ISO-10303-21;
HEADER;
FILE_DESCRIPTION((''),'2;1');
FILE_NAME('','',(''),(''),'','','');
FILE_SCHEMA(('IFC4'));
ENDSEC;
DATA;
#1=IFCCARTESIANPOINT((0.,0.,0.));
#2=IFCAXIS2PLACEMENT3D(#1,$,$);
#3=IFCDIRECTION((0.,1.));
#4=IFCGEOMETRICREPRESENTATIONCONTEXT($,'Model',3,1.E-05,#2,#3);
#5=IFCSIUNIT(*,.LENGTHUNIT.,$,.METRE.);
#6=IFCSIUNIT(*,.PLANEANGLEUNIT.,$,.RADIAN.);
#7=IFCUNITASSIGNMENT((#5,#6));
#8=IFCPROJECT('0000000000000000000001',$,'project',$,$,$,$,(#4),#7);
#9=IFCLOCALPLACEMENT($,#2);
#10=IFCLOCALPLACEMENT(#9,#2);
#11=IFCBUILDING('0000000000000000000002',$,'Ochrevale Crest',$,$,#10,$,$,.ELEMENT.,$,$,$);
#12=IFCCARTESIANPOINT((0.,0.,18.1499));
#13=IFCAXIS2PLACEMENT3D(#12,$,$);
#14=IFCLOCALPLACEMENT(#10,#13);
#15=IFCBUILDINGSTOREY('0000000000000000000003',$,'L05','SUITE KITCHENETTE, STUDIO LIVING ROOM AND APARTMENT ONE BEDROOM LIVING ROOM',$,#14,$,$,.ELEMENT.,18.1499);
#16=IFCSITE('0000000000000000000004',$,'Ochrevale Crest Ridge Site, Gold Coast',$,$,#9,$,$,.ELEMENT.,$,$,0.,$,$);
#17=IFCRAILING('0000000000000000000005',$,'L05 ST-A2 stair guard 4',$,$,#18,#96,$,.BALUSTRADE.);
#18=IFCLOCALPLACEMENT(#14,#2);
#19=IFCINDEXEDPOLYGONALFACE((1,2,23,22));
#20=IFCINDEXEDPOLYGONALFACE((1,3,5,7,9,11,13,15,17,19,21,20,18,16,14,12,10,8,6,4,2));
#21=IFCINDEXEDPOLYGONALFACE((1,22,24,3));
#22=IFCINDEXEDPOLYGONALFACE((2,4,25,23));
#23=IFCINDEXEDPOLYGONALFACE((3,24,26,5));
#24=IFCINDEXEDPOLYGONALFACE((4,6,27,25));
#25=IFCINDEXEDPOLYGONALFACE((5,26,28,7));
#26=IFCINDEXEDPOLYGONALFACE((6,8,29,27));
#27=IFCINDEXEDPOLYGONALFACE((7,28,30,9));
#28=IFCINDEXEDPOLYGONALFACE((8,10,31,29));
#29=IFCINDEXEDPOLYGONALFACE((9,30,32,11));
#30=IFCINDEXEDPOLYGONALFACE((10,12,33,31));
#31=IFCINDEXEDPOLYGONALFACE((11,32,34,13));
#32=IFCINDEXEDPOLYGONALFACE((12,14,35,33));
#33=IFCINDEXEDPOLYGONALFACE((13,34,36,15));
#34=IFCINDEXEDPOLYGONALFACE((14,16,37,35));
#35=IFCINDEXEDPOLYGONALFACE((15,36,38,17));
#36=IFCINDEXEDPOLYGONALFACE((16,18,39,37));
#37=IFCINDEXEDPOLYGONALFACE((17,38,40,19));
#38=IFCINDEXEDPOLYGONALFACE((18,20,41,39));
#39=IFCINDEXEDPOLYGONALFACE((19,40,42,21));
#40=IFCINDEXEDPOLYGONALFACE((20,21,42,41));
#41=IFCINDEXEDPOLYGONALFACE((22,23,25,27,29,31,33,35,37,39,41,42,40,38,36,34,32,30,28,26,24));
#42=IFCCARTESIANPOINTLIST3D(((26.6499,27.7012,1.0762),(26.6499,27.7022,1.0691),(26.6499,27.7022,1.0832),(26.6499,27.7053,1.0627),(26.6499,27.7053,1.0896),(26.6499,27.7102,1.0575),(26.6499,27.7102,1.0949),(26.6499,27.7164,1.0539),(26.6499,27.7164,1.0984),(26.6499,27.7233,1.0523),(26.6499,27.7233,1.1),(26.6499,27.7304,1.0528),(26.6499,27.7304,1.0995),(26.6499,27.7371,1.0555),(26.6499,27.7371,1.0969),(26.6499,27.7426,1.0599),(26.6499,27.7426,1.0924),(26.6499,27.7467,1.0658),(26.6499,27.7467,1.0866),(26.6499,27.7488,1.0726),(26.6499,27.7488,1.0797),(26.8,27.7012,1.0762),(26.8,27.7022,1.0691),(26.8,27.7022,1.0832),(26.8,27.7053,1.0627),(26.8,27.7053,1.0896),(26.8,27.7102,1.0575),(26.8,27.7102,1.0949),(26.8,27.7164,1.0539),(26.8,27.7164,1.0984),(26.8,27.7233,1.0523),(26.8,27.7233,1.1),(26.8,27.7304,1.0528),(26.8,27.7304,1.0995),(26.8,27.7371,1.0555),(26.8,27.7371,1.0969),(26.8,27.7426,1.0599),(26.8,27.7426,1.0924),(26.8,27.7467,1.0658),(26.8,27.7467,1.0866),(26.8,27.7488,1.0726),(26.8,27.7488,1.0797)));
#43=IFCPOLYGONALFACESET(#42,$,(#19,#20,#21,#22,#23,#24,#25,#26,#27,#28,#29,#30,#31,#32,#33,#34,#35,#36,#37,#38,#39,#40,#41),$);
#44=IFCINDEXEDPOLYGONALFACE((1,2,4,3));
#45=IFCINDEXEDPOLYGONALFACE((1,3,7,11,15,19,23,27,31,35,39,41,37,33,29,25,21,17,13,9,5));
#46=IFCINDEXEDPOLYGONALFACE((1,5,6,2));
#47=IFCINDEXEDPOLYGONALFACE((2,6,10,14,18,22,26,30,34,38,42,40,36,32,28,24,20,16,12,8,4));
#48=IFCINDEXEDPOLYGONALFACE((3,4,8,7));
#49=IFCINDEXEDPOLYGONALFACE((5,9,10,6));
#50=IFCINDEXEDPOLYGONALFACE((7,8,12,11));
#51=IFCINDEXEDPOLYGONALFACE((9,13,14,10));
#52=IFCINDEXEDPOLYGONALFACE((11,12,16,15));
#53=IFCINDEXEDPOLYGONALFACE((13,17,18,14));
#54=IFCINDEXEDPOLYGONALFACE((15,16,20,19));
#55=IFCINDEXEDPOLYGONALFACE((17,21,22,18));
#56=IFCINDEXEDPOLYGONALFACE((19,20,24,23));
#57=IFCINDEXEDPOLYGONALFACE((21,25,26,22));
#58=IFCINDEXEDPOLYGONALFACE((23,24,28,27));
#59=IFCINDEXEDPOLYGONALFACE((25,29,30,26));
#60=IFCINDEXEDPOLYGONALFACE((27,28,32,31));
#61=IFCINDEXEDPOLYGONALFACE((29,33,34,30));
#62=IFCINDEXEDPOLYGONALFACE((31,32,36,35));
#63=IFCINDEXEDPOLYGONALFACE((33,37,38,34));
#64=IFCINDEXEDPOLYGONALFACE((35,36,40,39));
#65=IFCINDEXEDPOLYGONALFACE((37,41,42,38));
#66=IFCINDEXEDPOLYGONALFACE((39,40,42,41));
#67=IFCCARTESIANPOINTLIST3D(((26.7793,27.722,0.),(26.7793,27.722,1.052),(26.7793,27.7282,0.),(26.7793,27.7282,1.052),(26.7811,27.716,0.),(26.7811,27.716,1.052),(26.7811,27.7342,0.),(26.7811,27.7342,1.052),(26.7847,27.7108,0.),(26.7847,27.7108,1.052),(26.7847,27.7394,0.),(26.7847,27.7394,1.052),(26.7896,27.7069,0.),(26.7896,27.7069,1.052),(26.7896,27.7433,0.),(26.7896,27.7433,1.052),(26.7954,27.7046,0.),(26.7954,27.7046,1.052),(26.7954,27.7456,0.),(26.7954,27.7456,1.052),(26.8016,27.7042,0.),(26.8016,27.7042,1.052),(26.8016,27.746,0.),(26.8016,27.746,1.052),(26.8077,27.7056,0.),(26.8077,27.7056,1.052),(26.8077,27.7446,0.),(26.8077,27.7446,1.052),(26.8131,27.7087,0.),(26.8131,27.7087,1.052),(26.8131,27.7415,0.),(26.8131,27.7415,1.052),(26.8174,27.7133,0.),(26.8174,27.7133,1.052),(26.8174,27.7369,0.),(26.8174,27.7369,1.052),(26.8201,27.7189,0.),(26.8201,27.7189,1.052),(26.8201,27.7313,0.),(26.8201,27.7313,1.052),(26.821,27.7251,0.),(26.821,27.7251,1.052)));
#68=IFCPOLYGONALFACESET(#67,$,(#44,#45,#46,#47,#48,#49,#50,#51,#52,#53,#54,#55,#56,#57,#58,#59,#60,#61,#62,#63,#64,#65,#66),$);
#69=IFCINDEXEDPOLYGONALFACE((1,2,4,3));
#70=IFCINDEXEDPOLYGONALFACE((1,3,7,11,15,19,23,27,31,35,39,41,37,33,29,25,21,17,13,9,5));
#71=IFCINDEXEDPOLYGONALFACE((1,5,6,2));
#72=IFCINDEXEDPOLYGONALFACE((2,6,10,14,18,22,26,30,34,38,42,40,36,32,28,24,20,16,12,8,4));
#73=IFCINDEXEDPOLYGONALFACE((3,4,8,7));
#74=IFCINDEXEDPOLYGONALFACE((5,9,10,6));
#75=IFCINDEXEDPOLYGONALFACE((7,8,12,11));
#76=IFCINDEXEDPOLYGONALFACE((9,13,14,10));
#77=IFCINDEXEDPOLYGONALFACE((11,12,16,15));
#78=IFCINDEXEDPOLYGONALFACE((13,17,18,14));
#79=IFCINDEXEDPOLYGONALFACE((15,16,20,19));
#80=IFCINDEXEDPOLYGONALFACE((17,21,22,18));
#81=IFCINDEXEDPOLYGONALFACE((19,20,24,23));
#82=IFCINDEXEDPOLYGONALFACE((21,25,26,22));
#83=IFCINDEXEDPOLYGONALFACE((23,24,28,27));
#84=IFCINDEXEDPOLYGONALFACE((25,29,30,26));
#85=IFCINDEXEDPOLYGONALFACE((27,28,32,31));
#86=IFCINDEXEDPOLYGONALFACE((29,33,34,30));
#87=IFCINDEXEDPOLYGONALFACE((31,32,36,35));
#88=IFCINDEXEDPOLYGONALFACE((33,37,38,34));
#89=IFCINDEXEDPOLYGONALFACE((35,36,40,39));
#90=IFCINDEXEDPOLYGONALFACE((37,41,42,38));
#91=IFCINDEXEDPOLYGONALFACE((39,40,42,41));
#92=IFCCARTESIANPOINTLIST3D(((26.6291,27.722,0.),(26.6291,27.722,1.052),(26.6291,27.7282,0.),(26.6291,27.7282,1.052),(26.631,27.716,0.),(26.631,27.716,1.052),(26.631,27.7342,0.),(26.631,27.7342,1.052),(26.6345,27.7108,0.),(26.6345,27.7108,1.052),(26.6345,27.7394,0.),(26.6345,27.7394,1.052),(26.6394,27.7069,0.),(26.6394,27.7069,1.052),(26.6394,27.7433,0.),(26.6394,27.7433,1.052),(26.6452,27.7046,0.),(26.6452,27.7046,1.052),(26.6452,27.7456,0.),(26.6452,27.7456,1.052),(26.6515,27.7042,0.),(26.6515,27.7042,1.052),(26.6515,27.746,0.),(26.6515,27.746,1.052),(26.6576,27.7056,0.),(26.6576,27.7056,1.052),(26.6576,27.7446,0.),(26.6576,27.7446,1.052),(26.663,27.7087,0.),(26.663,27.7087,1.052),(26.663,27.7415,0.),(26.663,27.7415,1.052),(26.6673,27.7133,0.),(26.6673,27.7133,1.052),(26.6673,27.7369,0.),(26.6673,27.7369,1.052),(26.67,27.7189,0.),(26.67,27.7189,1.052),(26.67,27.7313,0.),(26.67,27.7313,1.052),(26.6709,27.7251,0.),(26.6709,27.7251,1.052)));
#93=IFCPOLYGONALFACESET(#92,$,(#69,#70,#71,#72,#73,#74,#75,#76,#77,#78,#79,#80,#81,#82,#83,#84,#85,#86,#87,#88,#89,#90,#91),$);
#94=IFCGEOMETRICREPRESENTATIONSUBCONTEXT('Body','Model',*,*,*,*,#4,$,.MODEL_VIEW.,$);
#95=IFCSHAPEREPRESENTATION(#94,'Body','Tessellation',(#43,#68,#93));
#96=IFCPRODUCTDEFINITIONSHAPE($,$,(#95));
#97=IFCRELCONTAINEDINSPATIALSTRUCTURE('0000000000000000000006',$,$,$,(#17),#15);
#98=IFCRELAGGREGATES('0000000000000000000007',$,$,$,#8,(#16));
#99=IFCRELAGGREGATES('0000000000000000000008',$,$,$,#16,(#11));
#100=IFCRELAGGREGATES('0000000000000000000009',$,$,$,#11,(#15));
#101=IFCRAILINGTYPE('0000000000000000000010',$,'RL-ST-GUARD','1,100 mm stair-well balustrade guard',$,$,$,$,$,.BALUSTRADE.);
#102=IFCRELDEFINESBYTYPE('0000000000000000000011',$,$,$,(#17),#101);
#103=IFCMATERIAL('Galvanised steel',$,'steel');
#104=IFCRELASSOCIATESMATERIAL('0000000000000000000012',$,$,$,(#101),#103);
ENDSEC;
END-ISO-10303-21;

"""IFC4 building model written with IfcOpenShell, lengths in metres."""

from ifc_helpers import new_model, si_unit, direction, frame, origin, origin_2d, place, context, subcontext, project, spatial, circle, extrude, material, type_object, element, save


model = new_model("IFC4")

# Units and contexts
model_context = context("Model", 3, precision=1e-05, world=origin(), true_north=direction((0.0, 1.0)))
body_context = subcontext(model_context, "Body", "Model", "MODEL_VIEW")
ifc_project = project(units=[si_unit("LENGTHUNIT", "METRE"), si_unit("PLANEANGLEUNIT", "RADIAN")], contexts=[model_context])

# Site, building, storey
site_placement = place(None, origin())
site = spatial("IfcSite", under=ifc_project, at=site_placement, Name="Ochrevale Crest Ridge Site, Gold Coast", CompositionType="ELEMENT", RefElevation=0.0)
building_placement = place(site_placement, origin())
building = spatial("IfcBuilding", under=site, at=building_placement, Name="Ochrevale Crest", CompositionType="ELEMENT")
storey_placement = place(building_placement, frame((0.0, 0.0, 18.1499)))
storey = spatial("IfcBuildingStorey", under=building, at=storey_placement, Name="L05", Description="SUITE KITCHENETTE, STUDIO LIVING ROOM AND APARTMENT ONE BEDROOM LIVING ROOM", CompositionType="ELEMENT", Elevation=18.1499)

# Railing
ifc_material_1 = material(Name="Galvanised steel", Category="steel")
railing_type = type_object("IfcRailingType", Name="RL-ST-GUARD", Description="1,100 mm stair-well balustrade guard", PredefinedType="BALUSTRADE", material=ifc_material_1)
railing_1_placement = place(storey_placement, frame((26.8, 27.7251, 0.0)))
element("IfcRailing", 1, at=railing_1_placement, inside=storey, type_object=railing_type, Name="L05 ST-A2 stair guard 4", PredefinedType="BALUSTRADE", context=body_context, shape_type="SweptSolid", body=[
    extrude(circle(Radius=0.0239, at=origin_2d()), frame((0.0, 0.0, 1.0762), z_axis=(-1.0, 0.0, 0.0), x_axis=(0.0, -1.0, 0.0)), (0.0, 0.0, 1.0), 0.1501),
    extrude(circle(Radius=0.021, at=origin_2d()), origin(), (0.0, 0.0, 1.0), 1.052),
    extrude(circle(Radius=0.021, at=origin_2d()), frame((-0.1501, 0.0, 0.0)), (0.0, 0.0, 1.0), 1.052),
])

save(model, "model.ifc")
